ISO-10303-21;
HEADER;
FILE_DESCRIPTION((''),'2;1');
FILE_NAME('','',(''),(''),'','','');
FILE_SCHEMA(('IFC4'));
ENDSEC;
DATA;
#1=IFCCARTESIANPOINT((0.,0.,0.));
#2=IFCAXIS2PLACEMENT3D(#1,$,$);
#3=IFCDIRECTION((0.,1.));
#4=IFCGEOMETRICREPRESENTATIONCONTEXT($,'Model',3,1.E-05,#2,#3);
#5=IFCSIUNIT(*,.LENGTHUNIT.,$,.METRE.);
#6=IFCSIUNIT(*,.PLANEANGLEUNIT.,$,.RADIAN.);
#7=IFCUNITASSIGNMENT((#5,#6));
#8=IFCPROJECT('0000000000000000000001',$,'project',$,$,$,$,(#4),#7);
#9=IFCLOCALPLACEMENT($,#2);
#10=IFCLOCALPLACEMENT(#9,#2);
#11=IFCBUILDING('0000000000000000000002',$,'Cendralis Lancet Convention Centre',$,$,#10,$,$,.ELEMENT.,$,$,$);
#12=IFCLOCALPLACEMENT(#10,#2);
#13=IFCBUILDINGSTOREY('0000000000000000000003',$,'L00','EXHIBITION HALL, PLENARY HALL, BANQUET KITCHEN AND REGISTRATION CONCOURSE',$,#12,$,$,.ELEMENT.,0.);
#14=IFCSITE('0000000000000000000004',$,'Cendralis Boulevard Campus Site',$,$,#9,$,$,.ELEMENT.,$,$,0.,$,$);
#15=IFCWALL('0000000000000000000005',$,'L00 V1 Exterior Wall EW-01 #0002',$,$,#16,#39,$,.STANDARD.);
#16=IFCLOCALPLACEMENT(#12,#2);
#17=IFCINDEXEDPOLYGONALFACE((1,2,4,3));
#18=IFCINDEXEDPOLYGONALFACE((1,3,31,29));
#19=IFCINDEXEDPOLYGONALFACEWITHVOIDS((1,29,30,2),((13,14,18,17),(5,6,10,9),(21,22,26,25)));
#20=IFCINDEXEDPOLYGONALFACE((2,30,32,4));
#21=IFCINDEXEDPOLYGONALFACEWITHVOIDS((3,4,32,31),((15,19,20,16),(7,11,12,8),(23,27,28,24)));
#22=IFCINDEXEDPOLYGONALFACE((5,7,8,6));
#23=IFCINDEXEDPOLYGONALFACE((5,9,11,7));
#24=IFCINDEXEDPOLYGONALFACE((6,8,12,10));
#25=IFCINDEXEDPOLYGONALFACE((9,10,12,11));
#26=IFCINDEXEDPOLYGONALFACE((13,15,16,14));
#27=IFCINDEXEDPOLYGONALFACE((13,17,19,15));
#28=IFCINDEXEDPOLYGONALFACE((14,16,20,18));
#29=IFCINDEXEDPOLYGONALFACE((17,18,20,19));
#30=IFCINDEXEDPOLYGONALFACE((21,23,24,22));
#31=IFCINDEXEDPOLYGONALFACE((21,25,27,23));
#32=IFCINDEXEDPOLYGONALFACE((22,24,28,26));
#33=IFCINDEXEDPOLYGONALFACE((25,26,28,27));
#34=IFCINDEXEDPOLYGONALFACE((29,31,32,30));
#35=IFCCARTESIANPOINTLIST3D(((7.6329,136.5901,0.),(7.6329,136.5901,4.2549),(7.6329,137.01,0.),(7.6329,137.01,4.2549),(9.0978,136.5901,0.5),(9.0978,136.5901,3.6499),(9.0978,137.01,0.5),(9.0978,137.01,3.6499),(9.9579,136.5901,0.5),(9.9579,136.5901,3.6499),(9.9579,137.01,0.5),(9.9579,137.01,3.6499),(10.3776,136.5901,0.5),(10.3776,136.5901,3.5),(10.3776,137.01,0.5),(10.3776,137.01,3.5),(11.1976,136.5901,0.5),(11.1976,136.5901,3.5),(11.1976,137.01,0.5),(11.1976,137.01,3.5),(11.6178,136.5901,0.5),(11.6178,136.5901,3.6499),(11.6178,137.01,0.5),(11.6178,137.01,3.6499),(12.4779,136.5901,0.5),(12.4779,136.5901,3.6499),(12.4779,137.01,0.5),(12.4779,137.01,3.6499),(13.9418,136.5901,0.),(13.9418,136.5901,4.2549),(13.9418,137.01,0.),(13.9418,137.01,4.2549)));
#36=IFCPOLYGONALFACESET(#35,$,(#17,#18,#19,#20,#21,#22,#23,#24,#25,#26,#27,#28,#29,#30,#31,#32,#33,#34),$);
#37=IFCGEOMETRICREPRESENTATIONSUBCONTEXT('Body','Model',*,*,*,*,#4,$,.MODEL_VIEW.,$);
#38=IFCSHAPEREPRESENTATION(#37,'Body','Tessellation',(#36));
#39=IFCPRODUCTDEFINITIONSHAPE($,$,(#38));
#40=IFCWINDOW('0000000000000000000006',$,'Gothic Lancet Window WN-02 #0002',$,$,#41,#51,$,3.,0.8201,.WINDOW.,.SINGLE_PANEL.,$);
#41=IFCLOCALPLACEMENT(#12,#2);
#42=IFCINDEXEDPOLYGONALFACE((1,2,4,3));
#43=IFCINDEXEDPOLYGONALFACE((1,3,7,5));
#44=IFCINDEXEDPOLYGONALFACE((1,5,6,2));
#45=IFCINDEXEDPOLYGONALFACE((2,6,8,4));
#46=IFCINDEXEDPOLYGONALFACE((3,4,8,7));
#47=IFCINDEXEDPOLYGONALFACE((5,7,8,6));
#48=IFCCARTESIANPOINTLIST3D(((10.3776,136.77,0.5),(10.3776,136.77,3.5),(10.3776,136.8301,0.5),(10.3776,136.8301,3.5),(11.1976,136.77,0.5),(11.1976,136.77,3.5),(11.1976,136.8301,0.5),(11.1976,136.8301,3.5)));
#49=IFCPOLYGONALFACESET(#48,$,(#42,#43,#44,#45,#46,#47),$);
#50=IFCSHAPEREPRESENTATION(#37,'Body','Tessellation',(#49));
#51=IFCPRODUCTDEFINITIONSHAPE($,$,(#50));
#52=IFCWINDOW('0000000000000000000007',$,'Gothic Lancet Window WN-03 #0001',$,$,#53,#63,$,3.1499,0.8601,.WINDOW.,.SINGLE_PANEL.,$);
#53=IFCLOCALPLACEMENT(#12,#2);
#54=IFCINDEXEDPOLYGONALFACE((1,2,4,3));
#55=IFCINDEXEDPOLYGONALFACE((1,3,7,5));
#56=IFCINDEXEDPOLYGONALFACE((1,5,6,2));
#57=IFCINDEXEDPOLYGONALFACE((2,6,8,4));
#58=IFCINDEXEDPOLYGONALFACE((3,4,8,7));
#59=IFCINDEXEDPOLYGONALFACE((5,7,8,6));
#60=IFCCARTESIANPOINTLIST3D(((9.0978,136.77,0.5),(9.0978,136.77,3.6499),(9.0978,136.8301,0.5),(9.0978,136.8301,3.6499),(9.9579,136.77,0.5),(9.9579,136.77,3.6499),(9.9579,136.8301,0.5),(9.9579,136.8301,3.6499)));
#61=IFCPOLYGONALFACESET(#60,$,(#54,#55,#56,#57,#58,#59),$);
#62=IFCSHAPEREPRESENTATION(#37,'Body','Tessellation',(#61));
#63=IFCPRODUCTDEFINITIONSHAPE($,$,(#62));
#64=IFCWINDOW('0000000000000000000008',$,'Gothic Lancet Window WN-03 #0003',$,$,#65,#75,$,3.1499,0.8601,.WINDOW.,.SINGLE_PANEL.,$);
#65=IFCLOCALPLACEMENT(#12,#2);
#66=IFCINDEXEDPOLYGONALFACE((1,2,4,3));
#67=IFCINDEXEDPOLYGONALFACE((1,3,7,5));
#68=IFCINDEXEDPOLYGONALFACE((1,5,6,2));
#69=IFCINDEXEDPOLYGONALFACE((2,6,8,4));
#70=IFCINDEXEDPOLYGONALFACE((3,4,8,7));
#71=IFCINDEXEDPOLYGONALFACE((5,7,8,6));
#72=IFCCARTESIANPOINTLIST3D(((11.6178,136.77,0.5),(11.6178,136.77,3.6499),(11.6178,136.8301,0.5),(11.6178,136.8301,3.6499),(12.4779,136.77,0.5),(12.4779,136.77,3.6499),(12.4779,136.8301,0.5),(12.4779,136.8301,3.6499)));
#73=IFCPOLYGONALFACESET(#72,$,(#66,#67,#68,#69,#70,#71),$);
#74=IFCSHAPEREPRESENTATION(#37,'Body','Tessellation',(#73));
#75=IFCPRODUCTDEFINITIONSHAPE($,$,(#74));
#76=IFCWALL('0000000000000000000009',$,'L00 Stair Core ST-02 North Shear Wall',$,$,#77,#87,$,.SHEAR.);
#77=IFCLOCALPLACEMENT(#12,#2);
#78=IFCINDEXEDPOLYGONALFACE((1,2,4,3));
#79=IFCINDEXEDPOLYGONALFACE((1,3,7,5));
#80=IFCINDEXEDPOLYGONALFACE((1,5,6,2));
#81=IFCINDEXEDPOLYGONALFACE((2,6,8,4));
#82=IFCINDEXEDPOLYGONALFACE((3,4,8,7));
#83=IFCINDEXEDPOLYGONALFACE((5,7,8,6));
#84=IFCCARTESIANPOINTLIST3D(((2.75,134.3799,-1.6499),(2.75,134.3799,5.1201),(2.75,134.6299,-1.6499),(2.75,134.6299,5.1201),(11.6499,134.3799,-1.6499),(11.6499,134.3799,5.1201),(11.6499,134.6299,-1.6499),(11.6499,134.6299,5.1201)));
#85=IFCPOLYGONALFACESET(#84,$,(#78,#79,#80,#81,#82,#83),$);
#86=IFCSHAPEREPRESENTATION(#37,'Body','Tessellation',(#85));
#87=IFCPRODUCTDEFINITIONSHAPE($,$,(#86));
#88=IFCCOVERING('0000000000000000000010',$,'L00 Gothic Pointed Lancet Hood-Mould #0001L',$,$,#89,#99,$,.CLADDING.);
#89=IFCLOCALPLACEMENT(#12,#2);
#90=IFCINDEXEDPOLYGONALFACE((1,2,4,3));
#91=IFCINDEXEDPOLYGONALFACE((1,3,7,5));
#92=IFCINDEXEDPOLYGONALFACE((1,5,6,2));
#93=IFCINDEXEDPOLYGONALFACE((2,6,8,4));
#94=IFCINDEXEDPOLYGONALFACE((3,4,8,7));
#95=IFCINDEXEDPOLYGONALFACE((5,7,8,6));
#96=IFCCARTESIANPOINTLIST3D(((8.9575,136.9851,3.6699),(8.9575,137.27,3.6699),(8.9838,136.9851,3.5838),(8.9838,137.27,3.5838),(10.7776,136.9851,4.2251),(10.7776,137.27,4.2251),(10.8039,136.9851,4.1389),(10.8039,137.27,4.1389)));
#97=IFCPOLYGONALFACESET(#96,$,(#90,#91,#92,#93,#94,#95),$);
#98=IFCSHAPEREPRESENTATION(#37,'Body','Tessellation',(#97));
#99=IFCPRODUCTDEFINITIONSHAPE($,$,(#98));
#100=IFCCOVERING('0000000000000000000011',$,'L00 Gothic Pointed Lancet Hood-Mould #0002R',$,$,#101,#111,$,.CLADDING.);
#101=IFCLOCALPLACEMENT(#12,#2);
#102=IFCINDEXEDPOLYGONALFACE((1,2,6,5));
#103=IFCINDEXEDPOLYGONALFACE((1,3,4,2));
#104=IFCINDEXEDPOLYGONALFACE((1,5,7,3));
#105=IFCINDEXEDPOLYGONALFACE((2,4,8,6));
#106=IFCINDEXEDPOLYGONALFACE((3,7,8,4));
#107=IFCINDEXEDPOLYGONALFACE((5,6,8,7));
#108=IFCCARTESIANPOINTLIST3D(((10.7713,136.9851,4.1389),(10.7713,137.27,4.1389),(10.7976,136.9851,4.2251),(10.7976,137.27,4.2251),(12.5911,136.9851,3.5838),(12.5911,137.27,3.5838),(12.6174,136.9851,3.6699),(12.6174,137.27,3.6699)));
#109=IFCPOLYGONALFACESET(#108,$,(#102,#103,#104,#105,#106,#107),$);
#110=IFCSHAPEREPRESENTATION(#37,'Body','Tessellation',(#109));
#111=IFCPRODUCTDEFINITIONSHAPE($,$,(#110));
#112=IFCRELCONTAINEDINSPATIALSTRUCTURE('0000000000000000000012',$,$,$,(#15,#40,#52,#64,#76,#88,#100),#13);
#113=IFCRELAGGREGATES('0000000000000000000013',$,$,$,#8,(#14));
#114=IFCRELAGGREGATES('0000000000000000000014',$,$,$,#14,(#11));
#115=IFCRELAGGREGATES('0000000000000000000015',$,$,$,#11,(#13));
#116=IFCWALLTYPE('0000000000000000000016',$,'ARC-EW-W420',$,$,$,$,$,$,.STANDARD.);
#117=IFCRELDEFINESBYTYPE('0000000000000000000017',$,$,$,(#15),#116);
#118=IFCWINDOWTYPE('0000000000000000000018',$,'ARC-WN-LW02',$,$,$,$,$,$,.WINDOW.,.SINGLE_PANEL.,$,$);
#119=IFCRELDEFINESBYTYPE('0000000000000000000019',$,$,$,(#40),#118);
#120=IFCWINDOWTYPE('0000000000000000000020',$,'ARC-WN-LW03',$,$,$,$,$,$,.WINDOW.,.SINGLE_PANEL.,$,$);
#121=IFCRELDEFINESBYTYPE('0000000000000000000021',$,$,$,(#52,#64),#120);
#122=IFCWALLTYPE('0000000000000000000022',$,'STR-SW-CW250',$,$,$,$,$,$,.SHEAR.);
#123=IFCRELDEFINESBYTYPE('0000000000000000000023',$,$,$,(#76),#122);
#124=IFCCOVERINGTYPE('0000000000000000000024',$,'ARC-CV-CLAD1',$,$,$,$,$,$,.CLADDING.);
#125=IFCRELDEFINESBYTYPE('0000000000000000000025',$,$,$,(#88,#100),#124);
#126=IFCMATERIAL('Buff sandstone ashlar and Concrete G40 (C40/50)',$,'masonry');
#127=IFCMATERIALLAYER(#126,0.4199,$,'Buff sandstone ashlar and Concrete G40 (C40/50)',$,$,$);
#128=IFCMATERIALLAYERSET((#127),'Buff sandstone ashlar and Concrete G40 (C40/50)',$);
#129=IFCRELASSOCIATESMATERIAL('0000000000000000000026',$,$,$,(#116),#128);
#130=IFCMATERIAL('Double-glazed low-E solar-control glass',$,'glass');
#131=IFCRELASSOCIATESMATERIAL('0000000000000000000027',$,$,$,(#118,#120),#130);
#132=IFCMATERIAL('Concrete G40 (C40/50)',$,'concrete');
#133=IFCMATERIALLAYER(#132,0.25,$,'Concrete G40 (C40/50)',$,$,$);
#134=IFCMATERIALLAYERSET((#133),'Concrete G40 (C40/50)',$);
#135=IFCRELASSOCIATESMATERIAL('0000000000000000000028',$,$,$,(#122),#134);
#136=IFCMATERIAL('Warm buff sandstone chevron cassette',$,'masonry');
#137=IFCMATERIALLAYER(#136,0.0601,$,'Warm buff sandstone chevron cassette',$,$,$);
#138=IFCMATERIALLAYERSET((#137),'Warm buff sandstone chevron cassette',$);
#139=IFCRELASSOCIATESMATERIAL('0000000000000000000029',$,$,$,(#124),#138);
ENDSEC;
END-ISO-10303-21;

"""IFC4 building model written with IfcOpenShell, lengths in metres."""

from ifc_helpers import new_model, si_unit, direction, frame, frame_2d, origin, place, context, subcontext, project, spatial, polyline, rectangle, outline, extrude, material, layer, layer_set, type_object, element, fill, save


model = new_model("IFC4")

# Units and contexts
model_context = context("Model", 3, precision=1e-05, world=origin(), true_north=direction((0.0, 1.0)))
body_context = subcontext(model_context, "Body", "Model", "MODEL_VIEW")
ifc_project = project(units=[si_unit("LENGTHUNIT", "METRE"), si_unit("PLANEANGLEUNIT", "RADIAN")], contexts=[model_context])

# Site, building, storey
site_placement = place(None, origin())
site = spatial("IfcSite", under=ifc_project, at=site_placement, Name="Cendralis Boulevard Campus Site", CompositionType="ELEMENT", RefElevation=0.0)
building_placement = place(site_placement, origin())
building = spatial("IfcBuilding", under=site, at=building_placement, Name="Cendralis Lancet Convention Centre", CompositionType="ELEMENT")
storey_placement = place(building_placement, origin())
storey = spatial("IfcBuildingStorey", under=building, at=storey_placement, Name="L00", Description="EXHIBITION HALL, PLENARY HALL, BANQUET KITCHEN AND REGISTRATION CONCOURSE", CompositionType="ELEMENT", Elevation=0.0)

# Shared definitions
ifc_material_1 = material(Name="Concrete G40 (C40/50)", Category="concrete")

# Shared definitions
ifc_material_2 = material(Name="Buff sandstone ashlar and Concrete G40 (C40/50)", Category="masonry")
ifc_layer_1 = layer(ifc_material_2, 0.4199, Name="Buff sandstone ashlar and Concrete G40 (C40/50)")
ifc_layer_set_1 = layer_set([ifc_layer_1], Name="Buff sandstone ashlar and Concrete G40 (C40/50)")
wall_type_1 = type_object("IfcWallType", Name="ARC-EW-W420", PredefinedType="STANDARD", material=ifc_layer_set_1)

# Wall, openings, windows
wall_1_placement = place(storey_placement, frame((7.6331, 136.8, 0.0), z_axis=(0.0, 0.0, 1.0), x_axis=(1.0, 0.0, 0.0)))
wall_1 = element("IfcWall", 1, at=wall_1_placement, inside=storey, type_object=wall_type_1, Name="L00 V1 Exterior Wall EW-01 #0002", PredefinedType="STANDARD", context=body_context, shape_type="SweptSolid", body=[
    extrude(rectangle(XDim=6.3088, YDim=0.4199, at=frame_2d((3.1543, 0.0))), origin(), (0.0, 0.0, 1.0), 4.2549),
])
opening_1_placement = place(wall_1_placement, frame((1.4646, 0.0, 0.5)))
opening_1 = element("IfcOpeningElement", 2, at=opening_1_placement, cuts=wall_1, PredefinedType="OPENING", context=body_context, shape_type="SweptSolid", body=[
    extrude(rectangle(XDim=0.8601, YDim=3.1499, at=frame_2d((0.4302, 1.575))), frame((0.0, 0.22, 0.0), z_axis=(0.0, -1.0, 0.0), x_axis=(1.0, 0.0, 0.0)), (0.0, 0.0, 1.0), 0.4399),
])
opening_2_placement = place(wall_1_placement, frame((2.7444, 0.0, 0.5)))
opening_2 = element("IfcOpeningElement", 3, at=opening_2_placement, cuts=wall_1, PredefinedType="OPENING", context=body_context, shape_type="SweptSolid", body=[
    extrude(rectangle(XDim=0.8201, YDim=3.0, at=frame_2d((0.4102, 1.5))), frame((0.0, 0.22, 0.0), z_axis=(0.0, -1.0, 0.0), x_axis=(1.0, 0.0, 0.0)), (0.0, 0.0, 1.0), 0.4399),
])
opening_3_placement = place(wall_1_placement, frame((3.9846, 0.0, 0.5)))
opening_3 = element("IfcOpeningElement", 4, at=opening_3_placement, cuts=wall_1, PredefinedType="OPENING", context=body_context, shape_type="SweptSolid", body=[
    extrude(rectangle(XDim=0.8601, YDim=3.1499, at=frame_2d((0.4302, 1.575))), frame((0.0, 0.22, 0.0), z_axis=(0.0, -1.0, 0.0), x_axis=(1.0, 0.0, 0.0)), (0.0, 0.0, 1.0), 0.4399),
])
ifc_material_3 = material(Name="Double-glazed low-E solar-control glass", Category="glass")
window_type_1 = type_object("IfcWindowType", Name="ARC-WN-LW02", PartitioningType="SINGLE_PANEL", PredefinedType="WINDOW", material=ifc_material_3)
window_1_placement = place(opening_2_placement, origin())
window_1 = element("IfcWindow", 5, at=window_1_placement, inside=storey, type_object=window_type_1, Name="Gothic Lancet Window WN-02 #0002", OverallHeight=3.0, OverallWidth=0.8201, PartitioningType="SINGLE_PANEL", PredefinedType="WINDOW", context=body_context, shape_type="SweptSolid", body=[
    extrude(rectangle(XDim=0.8201, YDim=3.0, at=frame_2d((0.4102, 1.5))), frame((0.0, 0.03, 0.0), z_axis=(0.0, -1.0, 0.0), x_axis=(1.0, 0.0, 0.0)), (0.0, 0.0, 1.0), 0.0601),
])
fill(opening_2, window_1)
window_type_2 = type_object("IfcWindowType", Name="ARC-WN-LW03", PartitioningType="SINGLE_PANEL", PredefinedType="WINDOW", material=ifc_material_3)
window_2_placement = place(opening_1_placement, origin())
window_2 = element("IfcWindow", 6, at=window_2_placement, inside=storey, type_object=window_type_2, Name="Gothic Lancet Window WN-03 #0001", OverallHeight=3.1499, OverallWidth=0.8601, PartitioningType="SINGLE_PANEL", PredefinedType="WINDOW", context=body_context, shape_type="SweptSolid", body=[
    extrude(rectangle(XDim=0.8601, YDim=3.1499, at=frame_2d((0.4302, 1.575))), frame((0.0, 0.03, 0.0), z_axis=(0.0, -1.0, 0.0), x_axis=(1.0, 0.0, 0.0)), (0.0, 0.0, 1.0), 0.0601),
])
fill(opening_1, window_2)
window_3_placement = place(opening_3_placement, origin())
window_3 = element("IfcWindow", 7, at=window_3_placement, inside=storey, type_object=window_type_2, Name="Gothic Lancet Window WN-03 #0003", OverallHeight=3.1499, OverallWidth=0.8601, PartitioningType="SINGLE_PANEL", PredefinedType="WINDOW", context=body_context, shape_type="SweptSolid", body=[
    extrude(rectangle(XDim=0.8601, YDim=3.1499, at=frame_2d((0.4302, 1.575))), frame((0.0, 0.03, 0.0), z_axis=(0.0, -1.0, 0.0), x_axis=(1.0, 0.0, 0.0)), (0.0, 0.0, 1.0), 0.0601),
])
fill(opening_3, window_3)

# Wall
ifc_layer_2 = layer(ifc_material_1, 0.25, Name="Concrete G40 (C40/50)")
ifc_layer_set_2 = layer_set([ifc_layer_2], Name="Concrete G40 (C40/50)")
wall_type_2 = type_object("IfcWallType", Name="STR-SW-CW250", PredefinedType="SHEAR", material=ifc_layer_set_2)
wall_2_placement = place(storey_placement, frame((2.75, 134.5049, -1.6499), z_axis=(0.0, 0.0, 1.0), x_axis=(1.0, 0.0, 0.0)))
element("IfcWall", 8, at=wall_2_placement, inside=storey, type_object=wall_type_2, Name="L00 Stair Core ST-02 North Shear Wall", PredefinedType="SHEAR", context=body_context, shape_type="SweptSolid", body=[
    extrude(rectangle(XDim=8.8999, YDim=0.25, at=frame_2d((4.45, 0.0))), origin(), (0.0, 0.0, 1.0), 6.77),
])

# Coverings
ifc_material_4 = material(Name="Warm buff sandstone chevron cassette", Category="masonry")
ifc_layer_3 = layer(ifc_material_4, 0.0601, Name="Warm buff sandstone chevron cassette")
ifc_layer_set_3 = layer_set([ifc_layer_3], Name="Warm buff sandstone chevron cassette")
covering_type = type_object("IfcCoveringType", Name="ARC-CV-CLAD1", PredefinedType="CLADDING", material=ifc_layer_set_3)
covering_1_placement = place(storey_placement, frame((8.9575, 137.27, 3.6699), z_axis=(-0.291759, 0.0, 0.956492), x_axis=(0.0, -1.0, 0.0)))
element("IfcCovering", 9, at=covering_1_placement, inside=storey, type_object=covering_type, Name="L00 Gothic Pointed Lancet Hood-Mould #0001L", PredefinedType="CLADDING", context=body_context, shape_type="SweptSolid", body=[
    extrude(outline(polyline([(0.0, 0.0), (0.2849, 0.0), (0.2849, 1.9029), (0.0, 1.9029), (0.0, 0.0)])), origin(), (0.0, 0.0, -1.0), 0.0901),
])
covering_2_placement = place(storey_placement, frame((10.7976, 137.27, 4.2251), z_axis=(0.291795, 0.0, 0.956481), x_axis=(0.0, -1.0, 0.0)))
element("IfcCovering", 10, at=covering_2_placement, inside=storey, type_object=covering_type, Name="L00 Gothic Pointed Lancet Hood-Mould #0002R", PredefinedType="CLADDING", context=body_context, shape_type="SweptSolid", body=[
    extrude(outline(polyline([(0.0, 0.0), (0.2849, 0.0), (0.2849, 1.9026), (0.0, 1.9026), (0.0, 0.0)])), origin(), (0.0, 0.0, -1.0), 0.0901),
])

save(model, "model.ifc")
